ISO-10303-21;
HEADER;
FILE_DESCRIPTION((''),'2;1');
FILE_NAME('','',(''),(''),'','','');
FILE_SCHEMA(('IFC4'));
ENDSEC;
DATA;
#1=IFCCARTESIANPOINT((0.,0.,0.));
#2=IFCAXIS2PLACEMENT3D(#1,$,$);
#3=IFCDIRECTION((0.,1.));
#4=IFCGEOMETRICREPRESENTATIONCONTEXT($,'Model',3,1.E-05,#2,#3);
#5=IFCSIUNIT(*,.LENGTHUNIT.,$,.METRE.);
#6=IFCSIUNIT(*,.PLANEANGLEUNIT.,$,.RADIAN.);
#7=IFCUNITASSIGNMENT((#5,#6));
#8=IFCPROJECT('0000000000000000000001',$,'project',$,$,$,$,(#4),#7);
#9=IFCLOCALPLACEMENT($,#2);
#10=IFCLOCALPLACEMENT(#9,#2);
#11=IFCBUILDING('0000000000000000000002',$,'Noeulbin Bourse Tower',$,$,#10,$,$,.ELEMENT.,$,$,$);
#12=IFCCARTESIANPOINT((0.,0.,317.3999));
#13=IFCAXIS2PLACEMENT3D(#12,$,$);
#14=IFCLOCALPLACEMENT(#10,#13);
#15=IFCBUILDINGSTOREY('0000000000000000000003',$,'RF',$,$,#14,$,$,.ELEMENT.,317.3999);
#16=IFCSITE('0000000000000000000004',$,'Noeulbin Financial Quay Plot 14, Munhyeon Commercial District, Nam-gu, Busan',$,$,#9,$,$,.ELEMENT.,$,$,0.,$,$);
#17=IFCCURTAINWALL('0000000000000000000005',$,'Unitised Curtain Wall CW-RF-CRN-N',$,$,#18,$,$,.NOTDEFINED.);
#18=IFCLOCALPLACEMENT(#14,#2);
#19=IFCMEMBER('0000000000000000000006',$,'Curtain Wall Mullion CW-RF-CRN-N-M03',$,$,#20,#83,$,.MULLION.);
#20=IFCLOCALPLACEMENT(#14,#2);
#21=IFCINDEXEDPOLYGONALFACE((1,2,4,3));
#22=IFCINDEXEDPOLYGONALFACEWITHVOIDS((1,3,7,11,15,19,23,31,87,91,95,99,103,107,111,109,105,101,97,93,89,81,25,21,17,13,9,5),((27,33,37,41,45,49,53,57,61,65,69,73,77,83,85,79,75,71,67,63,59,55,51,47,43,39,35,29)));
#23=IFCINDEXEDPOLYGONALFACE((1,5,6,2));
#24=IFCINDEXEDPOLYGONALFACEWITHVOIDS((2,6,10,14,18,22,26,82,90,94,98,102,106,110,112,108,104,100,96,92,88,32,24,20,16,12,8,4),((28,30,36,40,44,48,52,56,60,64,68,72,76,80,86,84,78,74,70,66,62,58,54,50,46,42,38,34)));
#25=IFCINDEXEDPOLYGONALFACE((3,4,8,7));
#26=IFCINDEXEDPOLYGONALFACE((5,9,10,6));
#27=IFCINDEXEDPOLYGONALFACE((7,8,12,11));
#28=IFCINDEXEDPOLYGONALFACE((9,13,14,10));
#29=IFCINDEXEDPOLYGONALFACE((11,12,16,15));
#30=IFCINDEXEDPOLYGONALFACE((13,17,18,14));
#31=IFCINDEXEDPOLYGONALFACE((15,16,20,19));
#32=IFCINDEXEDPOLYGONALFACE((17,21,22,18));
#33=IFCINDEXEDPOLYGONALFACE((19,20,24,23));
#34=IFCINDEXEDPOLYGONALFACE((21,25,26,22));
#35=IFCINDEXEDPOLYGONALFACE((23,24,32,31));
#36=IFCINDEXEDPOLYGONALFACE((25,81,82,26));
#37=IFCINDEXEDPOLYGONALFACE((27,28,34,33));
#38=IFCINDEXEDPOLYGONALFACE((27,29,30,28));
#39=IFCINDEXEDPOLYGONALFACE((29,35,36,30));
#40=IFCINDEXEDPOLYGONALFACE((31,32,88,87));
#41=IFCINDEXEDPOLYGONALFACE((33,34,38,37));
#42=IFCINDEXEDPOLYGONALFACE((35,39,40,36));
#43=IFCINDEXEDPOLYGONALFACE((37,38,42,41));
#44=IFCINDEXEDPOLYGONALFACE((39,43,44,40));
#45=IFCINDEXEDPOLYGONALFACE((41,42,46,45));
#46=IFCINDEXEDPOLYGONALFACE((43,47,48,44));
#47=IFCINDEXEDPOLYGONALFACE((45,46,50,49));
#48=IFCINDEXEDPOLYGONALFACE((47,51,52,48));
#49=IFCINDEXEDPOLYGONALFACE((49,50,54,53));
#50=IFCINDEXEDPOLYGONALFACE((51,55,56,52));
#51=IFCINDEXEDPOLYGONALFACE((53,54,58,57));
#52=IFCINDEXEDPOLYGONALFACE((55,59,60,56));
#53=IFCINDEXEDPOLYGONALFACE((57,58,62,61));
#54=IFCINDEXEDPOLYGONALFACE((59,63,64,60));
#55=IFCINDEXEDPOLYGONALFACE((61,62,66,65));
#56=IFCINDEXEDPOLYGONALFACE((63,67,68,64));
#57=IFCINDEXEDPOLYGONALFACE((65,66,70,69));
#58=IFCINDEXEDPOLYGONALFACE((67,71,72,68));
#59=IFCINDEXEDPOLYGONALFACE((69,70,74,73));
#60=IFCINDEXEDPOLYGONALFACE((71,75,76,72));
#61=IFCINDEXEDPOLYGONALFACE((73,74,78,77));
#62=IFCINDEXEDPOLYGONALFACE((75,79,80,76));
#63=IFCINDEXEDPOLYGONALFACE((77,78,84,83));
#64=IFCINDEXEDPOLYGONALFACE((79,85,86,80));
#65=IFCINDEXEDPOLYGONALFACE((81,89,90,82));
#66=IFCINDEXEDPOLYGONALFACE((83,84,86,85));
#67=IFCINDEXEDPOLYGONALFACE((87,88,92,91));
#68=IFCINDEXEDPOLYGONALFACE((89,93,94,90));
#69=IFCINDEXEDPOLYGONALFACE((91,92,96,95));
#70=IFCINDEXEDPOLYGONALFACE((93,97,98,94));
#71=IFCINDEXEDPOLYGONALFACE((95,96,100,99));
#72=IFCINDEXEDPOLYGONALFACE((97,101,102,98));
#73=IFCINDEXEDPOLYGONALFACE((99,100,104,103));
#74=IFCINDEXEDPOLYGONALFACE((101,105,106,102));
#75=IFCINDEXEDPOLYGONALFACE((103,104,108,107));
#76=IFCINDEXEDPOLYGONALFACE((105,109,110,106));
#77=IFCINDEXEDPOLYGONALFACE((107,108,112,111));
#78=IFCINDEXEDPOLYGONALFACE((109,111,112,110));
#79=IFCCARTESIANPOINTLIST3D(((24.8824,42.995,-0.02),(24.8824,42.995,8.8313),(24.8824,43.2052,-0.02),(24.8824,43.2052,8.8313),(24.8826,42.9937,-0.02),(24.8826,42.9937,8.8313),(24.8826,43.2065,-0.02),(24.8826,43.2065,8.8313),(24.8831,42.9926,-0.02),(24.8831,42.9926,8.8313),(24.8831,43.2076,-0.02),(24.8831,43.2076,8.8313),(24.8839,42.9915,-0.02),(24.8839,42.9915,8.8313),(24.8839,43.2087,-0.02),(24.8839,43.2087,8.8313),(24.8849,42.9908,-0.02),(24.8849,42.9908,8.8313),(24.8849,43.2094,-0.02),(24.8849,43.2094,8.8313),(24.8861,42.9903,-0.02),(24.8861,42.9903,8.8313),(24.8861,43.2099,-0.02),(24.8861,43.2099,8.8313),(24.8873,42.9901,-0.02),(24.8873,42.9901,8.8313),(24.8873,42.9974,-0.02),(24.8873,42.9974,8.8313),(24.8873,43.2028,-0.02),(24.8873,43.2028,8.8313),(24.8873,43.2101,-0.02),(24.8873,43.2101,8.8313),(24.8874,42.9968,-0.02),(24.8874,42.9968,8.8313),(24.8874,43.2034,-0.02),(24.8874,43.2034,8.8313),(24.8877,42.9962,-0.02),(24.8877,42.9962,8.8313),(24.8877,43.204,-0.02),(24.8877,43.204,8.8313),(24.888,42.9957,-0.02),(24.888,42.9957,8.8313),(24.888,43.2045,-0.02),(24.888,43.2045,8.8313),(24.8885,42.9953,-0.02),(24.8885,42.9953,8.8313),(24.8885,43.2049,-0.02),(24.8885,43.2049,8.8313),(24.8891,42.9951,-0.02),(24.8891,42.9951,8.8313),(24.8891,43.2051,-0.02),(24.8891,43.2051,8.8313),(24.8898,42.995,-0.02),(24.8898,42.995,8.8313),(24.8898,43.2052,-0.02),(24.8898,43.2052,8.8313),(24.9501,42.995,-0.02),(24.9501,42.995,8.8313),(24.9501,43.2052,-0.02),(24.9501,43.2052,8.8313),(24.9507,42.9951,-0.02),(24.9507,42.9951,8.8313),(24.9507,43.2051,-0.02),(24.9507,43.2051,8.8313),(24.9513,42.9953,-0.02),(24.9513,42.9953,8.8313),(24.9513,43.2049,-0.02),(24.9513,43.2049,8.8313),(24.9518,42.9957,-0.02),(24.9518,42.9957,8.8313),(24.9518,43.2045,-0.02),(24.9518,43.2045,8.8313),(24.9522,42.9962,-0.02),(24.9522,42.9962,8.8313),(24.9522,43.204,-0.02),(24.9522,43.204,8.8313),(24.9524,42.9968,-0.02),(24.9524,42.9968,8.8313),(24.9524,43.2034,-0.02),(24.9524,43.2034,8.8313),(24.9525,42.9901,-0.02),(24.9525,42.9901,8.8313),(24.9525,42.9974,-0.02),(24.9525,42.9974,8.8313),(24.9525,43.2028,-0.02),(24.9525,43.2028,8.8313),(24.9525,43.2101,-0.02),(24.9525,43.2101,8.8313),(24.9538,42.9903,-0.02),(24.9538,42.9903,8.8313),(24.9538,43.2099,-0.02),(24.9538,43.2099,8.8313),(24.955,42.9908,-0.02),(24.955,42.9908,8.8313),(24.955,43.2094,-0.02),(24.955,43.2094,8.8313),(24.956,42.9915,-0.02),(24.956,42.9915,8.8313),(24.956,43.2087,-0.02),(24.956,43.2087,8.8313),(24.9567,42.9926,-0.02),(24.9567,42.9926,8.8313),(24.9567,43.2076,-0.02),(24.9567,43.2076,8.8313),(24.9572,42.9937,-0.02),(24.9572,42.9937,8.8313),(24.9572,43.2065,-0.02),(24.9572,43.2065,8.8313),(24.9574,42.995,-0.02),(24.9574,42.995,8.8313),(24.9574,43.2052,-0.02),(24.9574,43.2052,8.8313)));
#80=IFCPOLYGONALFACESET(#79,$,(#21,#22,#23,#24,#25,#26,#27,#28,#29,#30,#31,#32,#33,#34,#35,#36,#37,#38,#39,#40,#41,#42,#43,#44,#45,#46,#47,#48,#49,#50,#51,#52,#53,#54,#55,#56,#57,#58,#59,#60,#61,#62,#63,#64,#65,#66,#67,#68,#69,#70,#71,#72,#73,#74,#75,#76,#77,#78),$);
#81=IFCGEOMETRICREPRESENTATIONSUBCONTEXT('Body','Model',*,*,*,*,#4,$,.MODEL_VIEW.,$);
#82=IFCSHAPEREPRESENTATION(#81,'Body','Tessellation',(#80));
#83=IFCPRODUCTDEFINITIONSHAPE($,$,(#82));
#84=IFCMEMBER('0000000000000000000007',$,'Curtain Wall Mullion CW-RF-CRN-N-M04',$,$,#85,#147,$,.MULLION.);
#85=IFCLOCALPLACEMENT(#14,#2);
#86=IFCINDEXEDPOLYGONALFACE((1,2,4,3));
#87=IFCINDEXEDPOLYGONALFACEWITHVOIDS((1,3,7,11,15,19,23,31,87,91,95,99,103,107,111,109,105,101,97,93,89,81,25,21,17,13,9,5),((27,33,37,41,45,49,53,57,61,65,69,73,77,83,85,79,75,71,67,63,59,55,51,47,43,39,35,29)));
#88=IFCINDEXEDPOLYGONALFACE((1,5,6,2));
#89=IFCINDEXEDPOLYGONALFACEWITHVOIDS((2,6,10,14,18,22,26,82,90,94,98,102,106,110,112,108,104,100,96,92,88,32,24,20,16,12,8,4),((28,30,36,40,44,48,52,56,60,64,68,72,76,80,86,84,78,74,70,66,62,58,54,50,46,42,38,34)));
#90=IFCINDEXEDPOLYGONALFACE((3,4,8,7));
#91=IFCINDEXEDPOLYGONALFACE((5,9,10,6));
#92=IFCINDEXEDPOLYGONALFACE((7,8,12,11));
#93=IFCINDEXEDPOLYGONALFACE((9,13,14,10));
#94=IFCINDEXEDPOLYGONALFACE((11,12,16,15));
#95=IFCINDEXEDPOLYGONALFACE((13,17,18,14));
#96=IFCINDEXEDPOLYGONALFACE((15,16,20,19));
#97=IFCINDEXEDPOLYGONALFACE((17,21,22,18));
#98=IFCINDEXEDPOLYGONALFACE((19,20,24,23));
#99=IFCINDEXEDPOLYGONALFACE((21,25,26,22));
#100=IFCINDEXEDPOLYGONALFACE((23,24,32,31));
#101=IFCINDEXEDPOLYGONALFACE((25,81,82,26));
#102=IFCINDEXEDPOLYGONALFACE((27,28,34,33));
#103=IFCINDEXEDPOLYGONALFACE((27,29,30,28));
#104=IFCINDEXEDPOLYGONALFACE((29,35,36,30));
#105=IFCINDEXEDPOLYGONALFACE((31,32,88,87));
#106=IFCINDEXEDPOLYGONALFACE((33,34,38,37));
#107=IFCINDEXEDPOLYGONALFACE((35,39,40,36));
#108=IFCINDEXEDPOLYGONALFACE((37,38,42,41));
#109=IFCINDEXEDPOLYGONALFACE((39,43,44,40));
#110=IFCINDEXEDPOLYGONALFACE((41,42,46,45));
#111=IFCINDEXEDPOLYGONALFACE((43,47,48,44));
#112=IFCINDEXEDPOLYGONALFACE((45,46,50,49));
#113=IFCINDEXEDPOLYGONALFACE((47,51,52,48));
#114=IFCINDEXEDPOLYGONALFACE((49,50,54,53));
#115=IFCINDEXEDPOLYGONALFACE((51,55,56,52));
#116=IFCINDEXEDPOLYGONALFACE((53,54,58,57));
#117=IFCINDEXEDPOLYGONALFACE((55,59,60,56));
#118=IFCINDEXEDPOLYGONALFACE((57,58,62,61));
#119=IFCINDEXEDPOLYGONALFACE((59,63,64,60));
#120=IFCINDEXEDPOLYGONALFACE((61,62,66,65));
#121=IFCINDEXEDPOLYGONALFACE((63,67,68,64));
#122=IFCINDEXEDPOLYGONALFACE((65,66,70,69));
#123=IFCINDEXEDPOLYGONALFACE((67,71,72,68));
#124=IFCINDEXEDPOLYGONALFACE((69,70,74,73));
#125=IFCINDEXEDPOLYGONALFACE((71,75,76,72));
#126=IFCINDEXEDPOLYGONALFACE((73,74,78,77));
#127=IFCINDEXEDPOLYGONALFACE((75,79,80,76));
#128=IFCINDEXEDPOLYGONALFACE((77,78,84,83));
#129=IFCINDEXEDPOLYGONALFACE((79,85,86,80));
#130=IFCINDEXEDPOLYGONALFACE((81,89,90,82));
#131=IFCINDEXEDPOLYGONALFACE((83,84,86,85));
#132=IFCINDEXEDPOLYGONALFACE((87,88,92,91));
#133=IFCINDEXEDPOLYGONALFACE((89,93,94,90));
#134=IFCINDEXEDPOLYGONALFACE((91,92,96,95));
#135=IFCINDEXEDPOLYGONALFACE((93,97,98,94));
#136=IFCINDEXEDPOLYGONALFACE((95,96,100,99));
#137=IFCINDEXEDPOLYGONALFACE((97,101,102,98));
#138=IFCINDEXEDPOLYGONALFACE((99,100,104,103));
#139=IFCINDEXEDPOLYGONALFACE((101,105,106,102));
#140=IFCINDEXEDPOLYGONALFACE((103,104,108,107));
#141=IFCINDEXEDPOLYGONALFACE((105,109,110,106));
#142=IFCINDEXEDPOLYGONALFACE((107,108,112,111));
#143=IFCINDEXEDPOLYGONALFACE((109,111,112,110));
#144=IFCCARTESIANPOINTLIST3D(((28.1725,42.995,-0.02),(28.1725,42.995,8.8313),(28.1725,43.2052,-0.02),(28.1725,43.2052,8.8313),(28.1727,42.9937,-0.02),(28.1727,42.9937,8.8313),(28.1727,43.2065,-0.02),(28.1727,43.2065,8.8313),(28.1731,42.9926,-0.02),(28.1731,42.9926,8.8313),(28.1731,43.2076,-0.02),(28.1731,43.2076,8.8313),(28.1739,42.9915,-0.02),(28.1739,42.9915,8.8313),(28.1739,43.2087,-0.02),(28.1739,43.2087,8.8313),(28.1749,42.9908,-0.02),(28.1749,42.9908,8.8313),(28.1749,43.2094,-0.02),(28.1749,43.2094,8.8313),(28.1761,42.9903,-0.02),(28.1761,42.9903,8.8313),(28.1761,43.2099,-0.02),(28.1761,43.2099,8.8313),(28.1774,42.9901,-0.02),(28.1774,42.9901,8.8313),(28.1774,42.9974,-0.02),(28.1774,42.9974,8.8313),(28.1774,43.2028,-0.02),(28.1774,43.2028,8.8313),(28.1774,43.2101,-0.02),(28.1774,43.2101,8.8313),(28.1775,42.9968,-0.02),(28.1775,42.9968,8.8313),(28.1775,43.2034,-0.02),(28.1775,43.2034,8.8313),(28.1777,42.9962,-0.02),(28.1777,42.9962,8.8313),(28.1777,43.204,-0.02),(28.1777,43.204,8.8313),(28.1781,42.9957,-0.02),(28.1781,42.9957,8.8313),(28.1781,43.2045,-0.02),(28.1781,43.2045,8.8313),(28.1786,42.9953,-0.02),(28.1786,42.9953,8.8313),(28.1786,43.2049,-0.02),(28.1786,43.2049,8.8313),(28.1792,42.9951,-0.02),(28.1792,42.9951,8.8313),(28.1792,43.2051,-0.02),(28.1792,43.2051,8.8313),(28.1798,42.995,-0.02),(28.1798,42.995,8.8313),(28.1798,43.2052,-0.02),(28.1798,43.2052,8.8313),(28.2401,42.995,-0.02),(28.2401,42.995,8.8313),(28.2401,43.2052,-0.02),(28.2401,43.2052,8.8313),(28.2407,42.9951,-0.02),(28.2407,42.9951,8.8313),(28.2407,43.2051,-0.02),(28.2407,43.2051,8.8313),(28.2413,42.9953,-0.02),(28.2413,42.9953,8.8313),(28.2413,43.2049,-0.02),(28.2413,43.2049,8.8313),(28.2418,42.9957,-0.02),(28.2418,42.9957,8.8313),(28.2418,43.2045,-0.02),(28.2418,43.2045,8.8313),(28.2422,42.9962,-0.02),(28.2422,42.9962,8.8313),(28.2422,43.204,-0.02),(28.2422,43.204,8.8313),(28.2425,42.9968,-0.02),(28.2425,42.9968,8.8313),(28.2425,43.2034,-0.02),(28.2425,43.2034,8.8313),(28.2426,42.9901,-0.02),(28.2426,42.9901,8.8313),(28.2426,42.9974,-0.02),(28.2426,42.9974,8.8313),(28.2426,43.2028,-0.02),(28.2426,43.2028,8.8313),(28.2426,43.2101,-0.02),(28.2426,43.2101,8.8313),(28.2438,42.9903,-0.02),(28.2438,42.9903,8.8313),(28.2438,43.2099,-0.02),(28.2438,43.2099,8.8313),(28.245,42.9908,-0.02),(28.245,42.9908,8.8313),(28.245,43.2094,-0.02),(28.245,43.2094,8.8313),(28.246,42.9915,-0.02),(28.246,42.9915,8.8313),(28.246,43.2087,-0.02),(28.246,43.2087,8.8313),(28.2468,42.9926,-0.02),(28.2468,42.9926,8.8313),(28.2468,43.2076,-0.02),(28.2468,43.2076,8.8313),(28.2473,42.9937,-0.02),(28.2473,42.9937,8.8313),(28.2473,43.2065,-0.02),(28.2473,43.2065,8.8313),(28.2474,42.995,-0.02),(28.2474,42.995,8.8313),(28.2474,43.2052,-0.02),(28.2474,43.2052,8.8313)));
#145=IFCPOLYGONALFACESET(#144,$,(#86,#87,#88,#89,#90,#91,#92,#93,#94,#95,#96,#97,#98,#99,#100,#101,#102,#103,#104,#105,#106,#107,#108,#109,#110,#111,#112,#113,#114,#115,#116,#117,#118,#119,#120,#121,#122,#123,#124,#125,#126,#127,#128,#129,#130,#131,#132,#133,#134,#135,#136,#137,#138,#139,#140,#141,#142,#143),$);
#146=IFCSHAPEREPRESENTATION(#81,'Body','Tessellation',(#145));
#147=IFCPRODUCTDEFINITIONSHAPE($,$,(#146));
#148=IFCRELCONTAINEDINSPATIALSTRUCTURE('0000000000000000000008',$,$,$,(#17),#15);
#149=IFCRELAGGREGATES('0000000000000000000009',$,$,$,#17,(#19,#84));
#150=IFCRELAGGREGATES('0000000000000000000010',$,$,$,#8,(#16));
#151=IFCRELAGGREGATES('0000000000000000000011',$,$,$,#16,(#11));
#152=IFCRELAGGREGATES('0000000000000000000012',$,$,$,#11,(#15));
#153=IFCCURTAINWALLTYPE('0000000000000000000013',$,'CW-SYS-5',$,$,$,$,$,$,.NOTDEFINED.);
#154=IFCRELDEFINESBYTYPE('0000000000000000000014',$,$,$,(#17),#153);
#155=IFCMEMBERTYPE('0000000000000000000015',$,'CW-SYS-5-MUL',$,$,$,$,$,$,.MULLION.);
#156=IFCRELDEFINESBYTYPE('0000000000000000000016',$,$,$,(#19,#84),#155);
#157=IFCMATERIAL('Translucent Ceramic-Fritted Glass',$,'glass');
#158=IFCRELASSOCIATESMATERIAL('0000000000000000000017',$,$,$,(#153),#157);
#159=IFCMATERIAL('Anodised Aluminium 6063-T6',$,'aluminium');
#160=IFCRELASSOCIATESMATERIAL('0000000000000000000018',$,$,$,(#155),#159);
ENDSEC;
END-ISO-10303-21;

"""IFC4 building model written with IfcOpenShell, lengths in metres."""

from ifc_helpers import new_model, si_unit, direction, frame, origin, origin_2d, place, context, subcontext, project, spatial, hollow_rectangle, extrude, material, material_profile, profile_set, type_object, element, aggregate, save


model = new_model("IFC4")

# Units and contexts
model_context = context("Model", 3, precision=1e-05, world=origin(), true_north=direction((0.0, 1.0)))
body_context = subcontext(model_context, "Body", "Model", "MODEL_VIEW")
ifc_project = project(units=[si_unit("LENGTHUNIT", "METRE"), si_unit("PLANEANGLEUNIT", "RADIAN")], contexts=[model_context])

# Site, building, storey
site_placement = place(None, origin())
site = spatial("IfcSite", under=ifc_project, at=site_placement, Name="Noeulbin Financial Quay Plot 14, Munhyeon Commercial District, Nam-gu, Busan", CompositionType="ELEMENT", RefElevation=0.0)
building_placement = place(site_placement, origin())
building = spatial("IfcBuilding", under=site, at=building_placement, Name="Noeulbin Bourse Tower", CompositionType="ELEMENT")
storey_placement = place(building_placement, frame((0.0, 0.0, 317.3999)))
storey = spatial("IfcBuildingStorey", under=building, at=storey_placement, Name="RF", CompositionType="ELEMENT", Elevation=317.3999)

# Curtain wall, members
ifc_material_1 = material(Name="Translucent Ceramic-Fritted Glass", Category="glass")
curtain_wall_type = type_object("IfcCurtainWallType", Name="CW-SYS-5", PredefinedType="NOTDEFINED", material=ifc_material_1)
curtain_wall_1_placement = place(storey_placement, origin())
curtain_wall_1 = element("IfcCurtainWall", 1, at=curtain_wall_1_placement, inside=storey, type_object=curtain_wall_type, Name="Unitised Curtain Wall CW-RF-CRN-N", PredefinedType="NOTDEFINED")
ifc_material_2 = material(Name="Anodised Aluminium 6063-T6", Category="aluminium")
ifc_material_profile_1 = material_profile(ifc_material_2, hollow_rectangle(XDim=0.075, YDim=0.22, WallThickness=0.0049, InnerFilletRadius=0.0024, OuterFilletRadius=0.0049, at=origin_2d()), Name="ALU-MULL-75x220x5", Category="LoadBearing")
ifc_profile_set_1 = profile_set([ifc_material_profile_1], Name="Anodised Aluminium 6063-T6")
member_type_1 = type_object("IfcMemberType", Name="CW-SYS-5-MUL", PredefinedType="MULLION", material=ifc_profile_set_1)
member_1_placement = place(storey_placement, frame((24.9199, 43.1001, -0.02), z_axis=(0.0, 0.0, 1.0), x_axis=(1.0, 0.0, 0.0)))
member_1 = element("IfcMember", 2, at=member_1_placement, type_object=member_type_1, Name="Curtain Wall Mullion CW-RF-CRN-N-M03", PredefinedType="MULLION", context=body_context, shape_type="SweptSolid", body=[
    extrude(hollow_rectangle(XDim=0.075, YDim=0.22, WallThickness=0.0049, InnerFilletRadius=0.0024, OuterFilletRadius=0.0049, at=origin_2d()), origin(), (0.0, 0.0, 1.0), 8.8513),
])
member_2_placement = place(storey_placement, frame((28.21, 43.1001, -0.02), z_axis=(0.0, 0.0, 1.0), x_axis=(1.0, 0.0, 0.0)))
member_2 = element("IfcMember", 3, at=member_2_placement, type_object=member_type_1, Name="Curtain Wall Mullion CW-RF-CRN-N-M04", PredefinedType="MULLION", context=body_context, shape_type="SweptSolid", body=[
    extrude(hollow_rectangle(XDim=0.075, YDim=0.22, WallThickness=0.0049, InnerFilletRadius=0.0024, OuterFilletRadius=0.0049, at=origin_2d()), origin(), (0.0, 0.0, 1.0), 8.8513),
])

aggregate(curtain_wall_1, [member_1, member_2])

save(model, "model.ifc")
